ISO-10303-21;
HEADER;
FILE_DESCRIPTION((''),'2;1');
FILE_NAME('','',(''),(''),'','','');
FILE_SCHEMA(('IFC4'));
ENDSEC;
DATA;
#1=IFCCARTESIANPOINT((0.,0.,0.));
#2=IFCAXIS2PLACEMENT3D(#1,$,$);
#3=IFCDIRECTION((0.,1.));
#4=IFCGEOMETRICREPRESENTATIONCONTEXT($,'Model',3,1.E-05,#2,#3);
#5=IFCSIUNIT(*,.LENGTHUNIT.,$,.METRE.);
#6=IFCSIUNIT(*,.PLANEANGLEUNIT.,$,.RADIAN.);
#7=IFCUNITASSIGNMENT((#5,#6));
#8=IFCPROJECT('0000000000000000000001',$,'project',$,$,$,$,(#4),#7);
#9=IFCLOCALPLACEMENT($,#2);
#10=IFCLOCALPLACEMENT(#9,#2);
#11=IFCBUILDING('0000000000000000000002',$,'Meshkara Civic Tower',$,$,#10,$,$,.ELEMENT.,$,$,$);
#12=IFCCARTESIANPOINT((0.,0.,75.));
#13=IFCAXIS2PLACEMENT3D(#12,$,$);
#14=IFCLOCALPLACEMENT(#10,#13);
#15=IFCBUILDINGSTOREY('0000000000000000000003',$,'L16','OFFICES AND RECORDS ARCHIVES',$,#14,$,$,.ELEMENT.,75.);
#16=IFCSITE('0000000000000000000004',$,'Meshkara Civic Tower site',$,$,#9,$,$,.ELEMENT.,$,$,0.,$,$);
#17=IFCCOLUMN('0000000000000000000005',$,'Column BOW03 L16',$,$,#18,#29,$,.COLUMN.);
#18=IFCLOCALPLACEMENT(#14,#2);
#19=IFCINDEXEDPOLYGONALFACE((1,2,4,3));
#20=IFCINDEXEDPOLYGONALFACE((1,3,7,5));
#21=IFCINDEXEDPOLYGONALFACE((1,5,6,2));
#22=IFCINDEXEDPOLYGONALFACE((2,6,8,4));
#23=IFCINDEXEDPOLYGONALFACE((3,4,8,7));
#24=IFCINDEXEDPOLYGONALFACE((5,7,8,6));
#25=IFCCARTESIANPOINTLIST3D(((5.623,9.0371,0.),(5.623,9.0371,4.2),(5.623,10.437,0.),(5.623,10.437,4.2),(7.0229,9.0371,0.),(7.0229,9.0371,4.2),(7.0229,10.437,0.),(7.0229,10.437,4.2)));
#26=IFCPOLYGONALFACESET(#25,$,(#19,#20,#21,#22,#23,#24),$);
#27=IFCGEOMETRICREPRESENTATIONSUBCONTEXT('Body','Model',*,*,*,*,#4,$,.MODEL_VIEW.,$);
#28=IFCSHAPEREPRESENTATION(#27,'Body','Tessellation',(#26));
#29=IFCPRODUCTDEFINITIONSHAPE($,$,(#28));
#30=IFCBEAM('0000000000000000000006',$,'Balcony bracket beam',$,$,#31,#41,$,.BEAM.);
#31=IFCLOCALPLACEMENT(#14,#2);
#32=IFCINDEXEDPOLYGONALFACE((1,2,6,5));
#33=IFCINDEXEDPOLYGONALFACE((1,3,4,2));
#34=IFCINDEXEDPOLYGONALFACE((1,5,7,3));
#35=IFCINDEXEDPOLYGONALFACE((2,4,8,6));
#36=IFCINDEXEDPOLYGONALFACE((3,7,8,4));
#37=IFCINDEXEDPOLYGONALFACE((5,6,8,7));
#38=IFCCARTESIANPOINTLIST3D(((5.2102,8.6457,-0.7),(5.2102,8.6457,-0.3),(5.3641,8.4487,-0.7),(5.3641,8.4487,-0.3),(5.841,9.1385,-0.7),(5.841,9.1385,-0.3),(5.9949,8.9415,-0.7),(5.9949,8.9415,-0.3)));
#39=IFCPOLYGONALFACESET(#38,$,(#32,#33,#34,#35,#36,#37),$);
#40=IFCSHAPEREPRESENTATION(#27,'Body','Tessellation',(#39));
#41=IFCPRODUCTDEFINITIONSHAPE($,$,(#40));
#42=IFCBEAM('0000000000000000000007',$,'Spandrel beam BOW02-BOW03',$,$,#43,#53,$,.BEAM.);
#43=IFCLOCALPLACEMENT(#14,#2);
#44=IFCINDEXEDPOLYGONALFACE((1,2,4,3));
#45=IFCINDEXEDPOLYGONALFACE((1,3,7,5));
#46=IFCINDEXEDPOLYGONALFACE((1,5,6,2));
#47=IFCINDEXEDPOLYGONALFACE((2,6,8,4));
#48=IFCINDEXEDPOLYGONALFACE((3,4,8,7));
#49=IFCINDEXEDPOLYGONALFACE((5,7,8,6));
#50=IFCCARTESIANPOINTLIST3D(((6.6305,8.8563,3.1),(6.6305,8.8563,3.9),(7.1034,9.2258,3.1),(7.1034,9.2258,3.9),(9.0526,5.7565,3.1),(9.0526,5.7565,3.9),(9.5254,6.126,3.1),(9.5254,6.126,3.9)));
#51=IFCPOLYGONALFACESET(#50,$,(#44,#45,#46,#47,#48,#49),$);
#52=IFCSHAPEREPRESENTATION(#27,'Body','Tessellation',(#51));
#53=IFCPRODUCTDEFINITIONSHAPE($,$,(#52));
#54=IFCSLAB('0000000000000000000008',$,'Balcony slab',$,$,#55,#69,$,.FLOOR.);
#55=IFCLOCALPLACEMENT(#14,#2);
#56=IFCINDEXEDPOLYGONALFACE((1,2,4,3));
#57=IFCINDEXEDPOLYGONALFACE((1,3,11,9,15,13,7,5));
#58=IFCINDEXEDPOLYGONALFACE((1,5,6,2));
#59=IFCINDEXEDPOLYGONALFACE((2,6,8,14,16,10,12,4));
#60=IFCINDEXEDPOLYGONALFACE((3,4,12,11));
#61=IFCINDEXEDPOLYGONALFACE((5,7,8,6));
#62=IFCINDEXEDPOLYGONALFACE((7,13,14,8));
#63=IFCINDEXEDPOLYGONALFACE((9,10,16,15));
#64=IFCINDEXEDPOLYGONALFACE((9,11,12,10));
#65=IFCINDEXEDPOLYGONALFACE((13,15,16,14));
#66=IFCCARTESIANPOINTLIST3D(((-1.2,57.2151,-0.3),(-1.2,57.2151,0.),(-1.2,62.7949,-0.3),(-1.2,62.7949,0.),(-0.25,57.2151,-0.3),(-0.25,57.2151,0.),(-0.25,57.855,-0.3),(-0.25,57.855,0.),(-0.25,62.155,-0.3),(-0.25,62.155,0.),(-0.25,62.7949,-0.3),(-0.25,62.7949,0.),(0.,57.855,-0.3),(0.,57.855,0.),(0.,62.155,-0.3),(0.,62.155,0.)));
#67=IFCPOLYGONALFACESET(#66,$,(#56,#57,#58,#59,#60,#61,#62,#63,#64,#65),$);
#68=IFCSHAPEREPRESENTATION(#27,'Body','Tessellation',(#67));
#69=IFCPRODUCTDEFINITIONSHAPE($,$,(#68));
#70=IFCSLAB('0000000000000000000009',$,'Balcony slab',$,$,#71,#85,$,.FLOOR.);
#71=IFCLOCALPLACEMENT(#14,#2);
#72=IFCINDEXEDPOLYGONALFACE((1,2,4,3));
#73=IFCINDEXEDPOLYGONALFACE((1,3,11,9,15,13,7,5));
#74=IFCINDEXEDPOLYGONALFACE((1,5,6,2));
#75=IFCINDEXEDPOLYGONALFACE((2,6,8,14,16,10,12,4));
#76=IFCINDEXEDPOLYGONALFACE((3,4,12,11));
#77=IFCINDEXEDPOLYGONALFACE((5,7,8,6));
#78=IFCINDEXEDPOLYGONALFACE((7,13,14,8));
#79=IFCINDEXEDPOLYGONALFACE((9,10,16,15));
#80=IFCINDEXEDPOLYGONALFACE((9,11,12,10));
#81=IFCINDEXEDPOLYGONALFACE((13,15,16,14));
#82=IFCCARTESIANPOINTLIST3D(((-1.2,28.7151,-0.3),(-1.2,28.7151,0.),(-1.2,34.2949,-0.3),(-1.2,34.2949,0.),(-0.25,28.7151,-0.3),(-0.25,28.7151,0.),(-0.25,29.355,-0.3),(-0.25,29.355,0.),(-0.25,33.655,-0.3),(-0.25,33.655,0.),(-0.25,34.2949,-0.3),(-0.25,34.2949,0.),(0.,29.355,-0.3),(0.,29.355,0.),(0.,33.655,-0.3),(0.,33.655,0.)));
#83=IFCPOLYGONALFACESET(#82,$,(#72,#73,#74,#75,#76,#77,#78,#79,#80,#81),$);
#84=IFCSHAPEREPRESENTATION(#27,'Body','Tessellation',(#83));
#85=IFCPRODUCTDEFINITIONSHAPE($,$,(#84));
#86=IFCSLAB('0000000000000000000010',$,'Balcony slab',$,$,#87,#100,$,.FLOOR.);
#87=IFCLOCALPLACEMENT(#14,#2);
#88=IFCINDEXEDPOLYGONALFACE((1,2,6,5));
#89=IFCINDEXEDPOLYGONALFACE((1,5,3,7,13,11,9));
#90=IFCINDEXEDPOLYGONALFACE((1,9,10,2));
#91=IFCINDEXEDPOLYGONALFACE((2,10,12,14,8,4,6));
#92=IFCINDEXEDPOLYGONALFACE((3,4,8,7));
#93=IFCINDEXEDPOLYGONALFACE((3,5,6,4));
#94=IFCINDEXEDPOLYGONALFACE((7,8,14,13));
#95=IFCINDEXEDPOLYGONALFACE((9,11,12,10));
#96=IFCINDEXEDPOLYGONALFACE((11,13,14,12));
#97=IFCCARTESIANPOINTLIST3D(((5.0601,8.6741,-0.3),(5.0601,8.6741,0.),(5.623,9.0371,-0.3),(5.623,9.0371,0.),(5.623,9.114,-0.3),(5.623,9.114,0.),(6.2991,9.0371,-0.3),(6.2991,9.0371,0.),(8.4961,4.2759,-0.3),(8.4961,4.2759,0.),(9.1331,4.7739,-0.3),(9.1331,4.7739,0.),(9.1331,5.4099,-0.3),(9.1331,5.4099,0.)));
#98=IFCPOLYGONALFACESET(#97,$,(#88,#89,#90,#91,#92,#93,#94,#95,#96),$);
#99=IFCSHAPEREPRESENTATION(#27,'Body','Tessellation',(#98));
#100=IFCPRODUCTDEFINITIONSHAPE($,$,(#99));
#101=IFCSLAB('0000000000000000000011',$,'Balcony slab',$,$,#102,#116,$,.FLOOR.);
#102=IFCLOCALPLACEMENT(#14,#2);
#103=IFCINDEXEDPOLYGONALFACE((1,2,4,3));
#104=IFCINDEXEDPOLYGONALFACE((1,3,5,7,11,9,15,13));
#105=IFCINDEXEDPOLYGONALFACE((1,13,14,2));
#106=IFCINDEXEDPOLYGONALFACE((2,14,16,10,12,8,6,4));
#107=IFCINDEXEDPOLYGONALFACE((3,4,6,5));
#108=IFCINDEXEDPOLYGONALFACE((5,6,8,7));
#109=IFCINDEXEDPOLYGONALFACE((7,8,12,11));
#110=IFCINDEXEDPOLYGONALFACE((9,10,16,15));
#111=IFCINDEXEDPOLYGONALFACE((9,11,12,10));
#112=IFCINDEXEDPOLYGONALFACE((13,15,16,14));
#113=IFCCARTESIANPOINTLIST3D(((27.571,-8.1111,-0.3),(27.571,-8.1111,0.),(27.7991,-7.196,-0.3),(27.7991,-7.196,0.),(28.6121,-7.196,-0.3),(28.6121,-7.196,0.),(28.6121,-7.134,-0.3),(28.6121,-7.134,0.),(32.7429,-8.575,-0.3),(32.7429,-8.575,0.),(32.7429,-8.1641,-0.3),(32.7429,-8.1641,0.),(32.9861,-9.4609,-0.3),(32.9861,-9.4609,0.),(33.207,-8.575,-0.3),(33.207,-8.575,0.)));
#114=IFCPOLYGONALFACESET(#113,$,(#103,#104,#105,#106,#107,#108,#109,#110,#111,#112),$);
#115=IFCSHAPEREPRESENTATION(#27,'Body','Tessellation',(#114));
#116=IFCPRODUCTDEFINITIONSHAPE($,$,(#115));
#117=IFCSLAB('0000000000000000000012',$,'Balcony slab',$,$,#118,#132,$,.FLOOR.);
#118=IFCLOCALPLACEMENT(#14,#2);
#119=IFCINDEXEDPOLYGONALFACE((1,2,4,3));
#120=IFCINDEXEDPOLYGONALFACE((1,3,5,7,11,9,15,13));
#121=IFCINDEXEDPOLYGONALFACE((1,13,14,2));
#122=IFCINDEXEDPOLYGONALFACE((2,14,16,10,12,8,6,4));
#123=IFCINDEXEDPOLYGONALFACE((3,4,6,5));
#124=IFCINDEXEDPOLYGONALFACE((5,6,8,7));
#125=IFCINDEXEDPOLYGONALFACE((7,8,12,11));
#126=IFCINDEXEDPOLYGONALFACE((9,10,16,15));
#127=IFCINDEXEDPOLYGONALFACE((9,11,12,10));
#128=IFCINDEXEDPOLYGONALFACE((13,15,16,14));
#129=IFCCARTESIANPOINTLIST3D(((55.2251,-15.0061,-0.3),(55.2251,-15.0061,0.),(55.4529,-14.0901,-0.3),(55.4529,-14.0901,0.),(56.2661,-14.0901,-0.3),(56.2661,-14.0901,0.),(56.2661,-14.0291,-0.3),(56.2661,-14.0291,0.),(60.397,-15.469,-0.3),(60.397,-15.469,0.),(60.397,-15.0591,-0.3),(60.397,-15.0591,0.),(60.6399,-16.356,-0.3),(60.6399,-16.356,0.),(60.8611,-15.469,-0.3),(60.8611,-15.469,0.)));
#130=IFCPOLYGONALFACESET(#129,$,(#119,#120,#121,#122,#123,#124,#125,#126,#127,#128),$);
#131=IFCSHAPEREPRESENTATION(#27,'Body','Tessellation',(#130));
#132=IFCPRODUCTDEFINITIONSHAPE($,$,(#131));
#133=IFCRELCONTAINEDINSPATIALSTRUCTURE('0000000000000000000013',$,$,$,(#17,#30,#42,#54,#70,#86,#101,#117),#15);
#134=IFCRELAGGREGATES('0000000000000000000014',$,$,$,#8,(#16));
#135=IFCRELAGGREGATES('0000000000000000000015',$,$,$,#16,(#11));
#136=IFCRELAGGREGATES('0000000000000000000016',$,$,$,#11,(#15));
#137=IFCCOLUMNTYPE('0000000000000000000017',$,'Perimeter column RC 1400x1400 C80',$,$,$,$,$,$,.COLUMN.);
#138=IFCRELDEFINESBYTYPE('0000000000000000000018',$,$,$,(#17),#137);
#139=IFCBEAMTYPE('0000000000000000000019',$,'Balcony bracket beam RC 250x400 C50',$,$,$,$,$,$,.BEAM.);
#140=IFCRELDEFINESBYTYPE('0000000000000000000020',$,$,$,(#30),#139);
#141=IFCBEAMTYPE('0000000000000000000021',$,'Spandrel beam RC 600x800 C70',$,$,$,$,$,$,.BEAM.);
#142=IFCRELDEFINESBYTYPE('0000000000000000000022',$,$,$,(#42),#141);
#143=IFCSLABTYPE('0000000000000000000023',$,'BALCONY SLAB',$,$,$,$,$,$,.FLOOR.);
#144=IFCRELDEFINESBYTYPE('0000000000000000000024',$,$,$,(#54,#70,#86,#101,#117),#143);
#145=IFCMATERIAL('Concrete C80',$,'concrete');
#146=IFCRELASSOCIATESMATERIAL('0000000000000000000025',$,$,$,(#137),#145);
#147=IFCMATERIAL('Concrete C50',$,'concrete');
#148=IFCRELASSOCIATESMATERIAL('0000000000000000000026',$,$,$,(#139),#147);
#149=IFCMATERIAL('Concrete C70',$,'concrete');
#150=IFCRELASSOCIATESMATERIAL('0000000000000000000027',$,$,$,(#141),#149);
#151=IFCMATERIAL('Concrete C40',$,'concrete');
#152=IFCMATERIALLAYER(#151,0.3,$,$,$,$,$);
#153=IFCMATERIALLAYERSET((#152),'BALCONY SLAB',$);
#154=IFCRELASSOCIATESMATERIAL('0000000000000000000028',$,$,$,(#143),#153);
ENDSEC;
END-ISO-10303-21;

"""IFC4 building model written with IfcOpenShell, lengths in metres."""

from ifc_helpers import new_model, si_unit, direction, frame, origin, origin_2d, place, context, subcontext, project, spatial, polyline, rectangle, outline, extrude, material, layer, layer_set, material_profile, profile_set, type_object, element, save


model = new_model("IFC4")

# Units and contexts
model_context = context("Model", 3, precision=1e-05, world=origin(), true_north=direction((0.0, 1.0)))
body_context = subcontext(model_context, "Body", "Model", "MODEL_VIEW")
ifc_project = project(units=[si_unit("LENGTHUNIT", "METRE"), si_unit("PLANEANGLEUNIT", "RADIAN")], contexts=[model_context])

# Site, building, storey
site_placement = place(None, origin())
site = spatial("IfcSite", under=ifc_project, at=site_placement, Name="Meshkara Civic Tower site", CompositionType="ELEMENT", RefElevation=0.0)
building_placement = place(site_placement, origin())
building = spatial("IfcBuilding", under=site, at=building_placement, Name="Meshkara Civic Tower", CompositionType="ELEMENT")
storey_placement = place(building_placement, frame((0.0, 0.0, 75.0)))
storey = spatial("IfcBuildingStorey", under=building, at=storey_placement, Name="L16", Description="OFFICES AND RECORDS ARCHIVES", CompositionType="ELEMENT", Elevation=75.0)

# Column
ifc_material_1 = material(Name="Concrete C80", Category="concrete")
ifc_material_profile_1 = material_profile(ifc_material_1, rectangle(XDim=1.3999, YDim=1.3999, at=origin_2d()))
ifc_profile_set_1 = profile_set([ifc_material_profile_1], Name="Concrete C80")
column_type = type_object("IfcColumnType", Name="Perimeter column RC 1400x1400 C80", PredefinedType="COLUMN", material=ifc_profile_set_1)
column_placement = place(storey_placement, frame((6.323, 9.7371, 0.0), z_axis=(0.0, 0.0, 1.0), x_axis=(1.0, 0.0, 0.0)))
element("IfcColumn", 1, at=column_placement, inside=storey, type_object=column_type, Name="Column BOW03 L16", PredefinedType="COLUMN", context=body_context, shape_type="SweptSolid", body=[
    extrude(rectangle(XDim=1.3999, YDim=1.3999, at=origin_2d()), origin(), (0.0, 0.0, 1.0), 4.2),
])

# Beams
ifc_material_2 = material(Name="Concrete C50", Category="concrete")
ifc_material_profile_2 = material_profile(ifc_material_2, rectangle(XDim=0.25, YDim=0.3999, at=origin_2d()))
ifc_profile_set_2 = profile_set([ifc_material_profile_2], Name="Concrete C50")
beam_type_1 = type_object("IfcBeamType", Name="Balcony bracket beam RC 250x400 C50", PredefinedType="BEAM", material=ifc_profile_set_2)
beam_1_placement = place(storey_placement, frame((5.918, 9.04, -0.5), z_axis=(-0.787987, -0.615691, 0.0), x_axis=(0.615691, -0.787987, 0.0)))
element("IfcBeam", 2, at=beam_1_placement, inside=storey, type_object=beam_type_1, Name="Balcony bracket beam", PredefinedType="BEAM", context=body_context, shape_type="SweptSolid", body=[
    extrude(rectangle(XDim=0.25, YDim=0.3999, at=origin_2d()), origin(), (0.0, 0.0, 1.0), 0.8005),
])
ifc_material_3 = material(Name="Concrete C70", Category="concrete")
ifc_material_profile_3 = material_profile(ifc_material_3, rectangle(XDim=0.6001, YDim=0.8, at=origin_2d()))
ifc_profile_set_3 = profile_set([ifc_material_profile_3], Name="Concrete C70")
beam_type_2 = type_object("IfcBeamType", Name="Spandrel beam RC 600x800 C70", PredefinedType="BEAM", material=ifc_profile_set_3)
beam_2_placement = place(storey_placement, frame((6.8669, 9.041, 3.5), z_axis=(0.615701, -0.78798, 0.0), x_axis=(0.78798, 0.615701, 0.0)))
element("IfcBeam", 3, at=beam_2_placement, inside=storey, type_object=beam_type_2, Name="Spandrel beam BOW02-BOW03", PredefinedType="BEAM", context=body_context, shape_type="SweptSolid", body=[
    extrude(rectangle(XDim=0.6001, YDim=0.8, at=origin_2d()), origin(), (0.0, 0.0, 1.0), 3.9338),
])

# Slabs
ifc_material_4 = material(Name="Concrete C40", Category="concrete")
ifc_layer_1 = layer(ifc_material_4, 0.3)
ifc_layer_set_1 = layer_set([ifc_layer_1], Name="BALCONY SLAB")
slab_type_1 = type_object("IfcSlabType", Name="BALCONY SLAB", PredefinedType="FLOOR", material=ifc_layer_set_1)
slab_1_placement = place(storey_placement, frame((0.0, 0.0, -0.3)))
element("IfcSlab", 4, at=slab_1_placement, inside=storey, type_object=slab_type_1, Name="Balcony slab", PredefinedType="FLOOR", context=body_context, shape_type="SweptSolid", body=[
    extrude(outline(polyline([(-1.2, 57.2151), (-1.2, 62.7949), (-0.25, 62.7949), (-0.25, 62.155), (0.0, 62.155), (0.0, 57.855), (-0.25, 57.855), (-0.25, 57.2151), (-1.2, 57.2151)])), origin(), (0.0, 0.0, 1.0), 0.3),
])
slab_2_placement = place(storey_placement, frame((0.0, 0.0, -0.3)))
element("IfcSlab", 5, at=slab_2_placement, inside=storey, type_object=slab_type_1, Name="Balcony slab", PredefinedType="FLOOR", context=body_context, shape_type="SweptSolid", body=[
    extrude(outline(polyline([(-1.2, 28.7151), (-1.2, 34.2949), (-0.25, 34.2949), (-0.25, 33.655), (0.0, 33.655), (0.0, 29.355), (-0.25, 29.355), (-0.25, 28.7151), (-1.2, 28.7151)])), origin(), (0.0, 0.0, 1.0), 0.3),
])
slab_3_placement = place(storey_placement, frame((0.0, 0.0, -0.3)))
element("IfcSlab", 6, at=slab_3_placement, inside=storey, type_object=slab_type_1, Name="Balcony slab", PredefinedType="FLOOR", context=body_context, shape_type="SweptSolid", body=[
    extrude(outline(polyline([(8.4961, 4.2759), (5.0601, 8.6741), (5.623, 9.114), (5.623, 9.0371), (6.2991, 9.0371), (9.1331, 5.4099), (9.1331, 4.7739), (8.4961, 4.2759)])), origin(), (0.0, 0.0, 1.0), 0.3),
])
slab_4_placement = place(storey_placement, frame((0.0, 0.0, -0.3)))
element("IfcSlab", 7, at=slab_4_placement, inside=storey, type_object=slab_type_1, Name="Balcony slab", PredefinedType="FLOOR", context=body_context, shape_type="SweptSolid", body=[
    extrude(outline(polyline([(32.9861, -9.4609), (27.571, -8.1111), (27.7991, -7.196), (28.6121, -7.196), (28.6121, -7.134), (32.7429, -8.1641), (32.7429, -8.575), (33.207, -8.575), (32.9861, -9.4609)])), origin(), (0.0, 0.0, 1.0), 0.3),
])
slab_5_placement = place(storey_placement, frame((0.0, 0.0, -0.3)))
element("IfcSlab", 8, at=slab_5_placement, inside=storey, type_object=slab_type_1, Name="Balcony slab", PredefinedType="FLOOR", context=body_context, shape_type="SweptSolid", body=[
    extrude(outline(polyline([(60.6399, -16.356), (55.2251, -15.0061), (55.4529, -14.0901), (56.2661, -14.0901), (56.2661, -14.0291), (60.397, -15.0591), (60.397, -15.469), (60.8611, -15.469), (60.6399, -16.356)])), origin(), (0.0, 0.0, 1.0), 0.3),
])

save(model, "model.ifc")
